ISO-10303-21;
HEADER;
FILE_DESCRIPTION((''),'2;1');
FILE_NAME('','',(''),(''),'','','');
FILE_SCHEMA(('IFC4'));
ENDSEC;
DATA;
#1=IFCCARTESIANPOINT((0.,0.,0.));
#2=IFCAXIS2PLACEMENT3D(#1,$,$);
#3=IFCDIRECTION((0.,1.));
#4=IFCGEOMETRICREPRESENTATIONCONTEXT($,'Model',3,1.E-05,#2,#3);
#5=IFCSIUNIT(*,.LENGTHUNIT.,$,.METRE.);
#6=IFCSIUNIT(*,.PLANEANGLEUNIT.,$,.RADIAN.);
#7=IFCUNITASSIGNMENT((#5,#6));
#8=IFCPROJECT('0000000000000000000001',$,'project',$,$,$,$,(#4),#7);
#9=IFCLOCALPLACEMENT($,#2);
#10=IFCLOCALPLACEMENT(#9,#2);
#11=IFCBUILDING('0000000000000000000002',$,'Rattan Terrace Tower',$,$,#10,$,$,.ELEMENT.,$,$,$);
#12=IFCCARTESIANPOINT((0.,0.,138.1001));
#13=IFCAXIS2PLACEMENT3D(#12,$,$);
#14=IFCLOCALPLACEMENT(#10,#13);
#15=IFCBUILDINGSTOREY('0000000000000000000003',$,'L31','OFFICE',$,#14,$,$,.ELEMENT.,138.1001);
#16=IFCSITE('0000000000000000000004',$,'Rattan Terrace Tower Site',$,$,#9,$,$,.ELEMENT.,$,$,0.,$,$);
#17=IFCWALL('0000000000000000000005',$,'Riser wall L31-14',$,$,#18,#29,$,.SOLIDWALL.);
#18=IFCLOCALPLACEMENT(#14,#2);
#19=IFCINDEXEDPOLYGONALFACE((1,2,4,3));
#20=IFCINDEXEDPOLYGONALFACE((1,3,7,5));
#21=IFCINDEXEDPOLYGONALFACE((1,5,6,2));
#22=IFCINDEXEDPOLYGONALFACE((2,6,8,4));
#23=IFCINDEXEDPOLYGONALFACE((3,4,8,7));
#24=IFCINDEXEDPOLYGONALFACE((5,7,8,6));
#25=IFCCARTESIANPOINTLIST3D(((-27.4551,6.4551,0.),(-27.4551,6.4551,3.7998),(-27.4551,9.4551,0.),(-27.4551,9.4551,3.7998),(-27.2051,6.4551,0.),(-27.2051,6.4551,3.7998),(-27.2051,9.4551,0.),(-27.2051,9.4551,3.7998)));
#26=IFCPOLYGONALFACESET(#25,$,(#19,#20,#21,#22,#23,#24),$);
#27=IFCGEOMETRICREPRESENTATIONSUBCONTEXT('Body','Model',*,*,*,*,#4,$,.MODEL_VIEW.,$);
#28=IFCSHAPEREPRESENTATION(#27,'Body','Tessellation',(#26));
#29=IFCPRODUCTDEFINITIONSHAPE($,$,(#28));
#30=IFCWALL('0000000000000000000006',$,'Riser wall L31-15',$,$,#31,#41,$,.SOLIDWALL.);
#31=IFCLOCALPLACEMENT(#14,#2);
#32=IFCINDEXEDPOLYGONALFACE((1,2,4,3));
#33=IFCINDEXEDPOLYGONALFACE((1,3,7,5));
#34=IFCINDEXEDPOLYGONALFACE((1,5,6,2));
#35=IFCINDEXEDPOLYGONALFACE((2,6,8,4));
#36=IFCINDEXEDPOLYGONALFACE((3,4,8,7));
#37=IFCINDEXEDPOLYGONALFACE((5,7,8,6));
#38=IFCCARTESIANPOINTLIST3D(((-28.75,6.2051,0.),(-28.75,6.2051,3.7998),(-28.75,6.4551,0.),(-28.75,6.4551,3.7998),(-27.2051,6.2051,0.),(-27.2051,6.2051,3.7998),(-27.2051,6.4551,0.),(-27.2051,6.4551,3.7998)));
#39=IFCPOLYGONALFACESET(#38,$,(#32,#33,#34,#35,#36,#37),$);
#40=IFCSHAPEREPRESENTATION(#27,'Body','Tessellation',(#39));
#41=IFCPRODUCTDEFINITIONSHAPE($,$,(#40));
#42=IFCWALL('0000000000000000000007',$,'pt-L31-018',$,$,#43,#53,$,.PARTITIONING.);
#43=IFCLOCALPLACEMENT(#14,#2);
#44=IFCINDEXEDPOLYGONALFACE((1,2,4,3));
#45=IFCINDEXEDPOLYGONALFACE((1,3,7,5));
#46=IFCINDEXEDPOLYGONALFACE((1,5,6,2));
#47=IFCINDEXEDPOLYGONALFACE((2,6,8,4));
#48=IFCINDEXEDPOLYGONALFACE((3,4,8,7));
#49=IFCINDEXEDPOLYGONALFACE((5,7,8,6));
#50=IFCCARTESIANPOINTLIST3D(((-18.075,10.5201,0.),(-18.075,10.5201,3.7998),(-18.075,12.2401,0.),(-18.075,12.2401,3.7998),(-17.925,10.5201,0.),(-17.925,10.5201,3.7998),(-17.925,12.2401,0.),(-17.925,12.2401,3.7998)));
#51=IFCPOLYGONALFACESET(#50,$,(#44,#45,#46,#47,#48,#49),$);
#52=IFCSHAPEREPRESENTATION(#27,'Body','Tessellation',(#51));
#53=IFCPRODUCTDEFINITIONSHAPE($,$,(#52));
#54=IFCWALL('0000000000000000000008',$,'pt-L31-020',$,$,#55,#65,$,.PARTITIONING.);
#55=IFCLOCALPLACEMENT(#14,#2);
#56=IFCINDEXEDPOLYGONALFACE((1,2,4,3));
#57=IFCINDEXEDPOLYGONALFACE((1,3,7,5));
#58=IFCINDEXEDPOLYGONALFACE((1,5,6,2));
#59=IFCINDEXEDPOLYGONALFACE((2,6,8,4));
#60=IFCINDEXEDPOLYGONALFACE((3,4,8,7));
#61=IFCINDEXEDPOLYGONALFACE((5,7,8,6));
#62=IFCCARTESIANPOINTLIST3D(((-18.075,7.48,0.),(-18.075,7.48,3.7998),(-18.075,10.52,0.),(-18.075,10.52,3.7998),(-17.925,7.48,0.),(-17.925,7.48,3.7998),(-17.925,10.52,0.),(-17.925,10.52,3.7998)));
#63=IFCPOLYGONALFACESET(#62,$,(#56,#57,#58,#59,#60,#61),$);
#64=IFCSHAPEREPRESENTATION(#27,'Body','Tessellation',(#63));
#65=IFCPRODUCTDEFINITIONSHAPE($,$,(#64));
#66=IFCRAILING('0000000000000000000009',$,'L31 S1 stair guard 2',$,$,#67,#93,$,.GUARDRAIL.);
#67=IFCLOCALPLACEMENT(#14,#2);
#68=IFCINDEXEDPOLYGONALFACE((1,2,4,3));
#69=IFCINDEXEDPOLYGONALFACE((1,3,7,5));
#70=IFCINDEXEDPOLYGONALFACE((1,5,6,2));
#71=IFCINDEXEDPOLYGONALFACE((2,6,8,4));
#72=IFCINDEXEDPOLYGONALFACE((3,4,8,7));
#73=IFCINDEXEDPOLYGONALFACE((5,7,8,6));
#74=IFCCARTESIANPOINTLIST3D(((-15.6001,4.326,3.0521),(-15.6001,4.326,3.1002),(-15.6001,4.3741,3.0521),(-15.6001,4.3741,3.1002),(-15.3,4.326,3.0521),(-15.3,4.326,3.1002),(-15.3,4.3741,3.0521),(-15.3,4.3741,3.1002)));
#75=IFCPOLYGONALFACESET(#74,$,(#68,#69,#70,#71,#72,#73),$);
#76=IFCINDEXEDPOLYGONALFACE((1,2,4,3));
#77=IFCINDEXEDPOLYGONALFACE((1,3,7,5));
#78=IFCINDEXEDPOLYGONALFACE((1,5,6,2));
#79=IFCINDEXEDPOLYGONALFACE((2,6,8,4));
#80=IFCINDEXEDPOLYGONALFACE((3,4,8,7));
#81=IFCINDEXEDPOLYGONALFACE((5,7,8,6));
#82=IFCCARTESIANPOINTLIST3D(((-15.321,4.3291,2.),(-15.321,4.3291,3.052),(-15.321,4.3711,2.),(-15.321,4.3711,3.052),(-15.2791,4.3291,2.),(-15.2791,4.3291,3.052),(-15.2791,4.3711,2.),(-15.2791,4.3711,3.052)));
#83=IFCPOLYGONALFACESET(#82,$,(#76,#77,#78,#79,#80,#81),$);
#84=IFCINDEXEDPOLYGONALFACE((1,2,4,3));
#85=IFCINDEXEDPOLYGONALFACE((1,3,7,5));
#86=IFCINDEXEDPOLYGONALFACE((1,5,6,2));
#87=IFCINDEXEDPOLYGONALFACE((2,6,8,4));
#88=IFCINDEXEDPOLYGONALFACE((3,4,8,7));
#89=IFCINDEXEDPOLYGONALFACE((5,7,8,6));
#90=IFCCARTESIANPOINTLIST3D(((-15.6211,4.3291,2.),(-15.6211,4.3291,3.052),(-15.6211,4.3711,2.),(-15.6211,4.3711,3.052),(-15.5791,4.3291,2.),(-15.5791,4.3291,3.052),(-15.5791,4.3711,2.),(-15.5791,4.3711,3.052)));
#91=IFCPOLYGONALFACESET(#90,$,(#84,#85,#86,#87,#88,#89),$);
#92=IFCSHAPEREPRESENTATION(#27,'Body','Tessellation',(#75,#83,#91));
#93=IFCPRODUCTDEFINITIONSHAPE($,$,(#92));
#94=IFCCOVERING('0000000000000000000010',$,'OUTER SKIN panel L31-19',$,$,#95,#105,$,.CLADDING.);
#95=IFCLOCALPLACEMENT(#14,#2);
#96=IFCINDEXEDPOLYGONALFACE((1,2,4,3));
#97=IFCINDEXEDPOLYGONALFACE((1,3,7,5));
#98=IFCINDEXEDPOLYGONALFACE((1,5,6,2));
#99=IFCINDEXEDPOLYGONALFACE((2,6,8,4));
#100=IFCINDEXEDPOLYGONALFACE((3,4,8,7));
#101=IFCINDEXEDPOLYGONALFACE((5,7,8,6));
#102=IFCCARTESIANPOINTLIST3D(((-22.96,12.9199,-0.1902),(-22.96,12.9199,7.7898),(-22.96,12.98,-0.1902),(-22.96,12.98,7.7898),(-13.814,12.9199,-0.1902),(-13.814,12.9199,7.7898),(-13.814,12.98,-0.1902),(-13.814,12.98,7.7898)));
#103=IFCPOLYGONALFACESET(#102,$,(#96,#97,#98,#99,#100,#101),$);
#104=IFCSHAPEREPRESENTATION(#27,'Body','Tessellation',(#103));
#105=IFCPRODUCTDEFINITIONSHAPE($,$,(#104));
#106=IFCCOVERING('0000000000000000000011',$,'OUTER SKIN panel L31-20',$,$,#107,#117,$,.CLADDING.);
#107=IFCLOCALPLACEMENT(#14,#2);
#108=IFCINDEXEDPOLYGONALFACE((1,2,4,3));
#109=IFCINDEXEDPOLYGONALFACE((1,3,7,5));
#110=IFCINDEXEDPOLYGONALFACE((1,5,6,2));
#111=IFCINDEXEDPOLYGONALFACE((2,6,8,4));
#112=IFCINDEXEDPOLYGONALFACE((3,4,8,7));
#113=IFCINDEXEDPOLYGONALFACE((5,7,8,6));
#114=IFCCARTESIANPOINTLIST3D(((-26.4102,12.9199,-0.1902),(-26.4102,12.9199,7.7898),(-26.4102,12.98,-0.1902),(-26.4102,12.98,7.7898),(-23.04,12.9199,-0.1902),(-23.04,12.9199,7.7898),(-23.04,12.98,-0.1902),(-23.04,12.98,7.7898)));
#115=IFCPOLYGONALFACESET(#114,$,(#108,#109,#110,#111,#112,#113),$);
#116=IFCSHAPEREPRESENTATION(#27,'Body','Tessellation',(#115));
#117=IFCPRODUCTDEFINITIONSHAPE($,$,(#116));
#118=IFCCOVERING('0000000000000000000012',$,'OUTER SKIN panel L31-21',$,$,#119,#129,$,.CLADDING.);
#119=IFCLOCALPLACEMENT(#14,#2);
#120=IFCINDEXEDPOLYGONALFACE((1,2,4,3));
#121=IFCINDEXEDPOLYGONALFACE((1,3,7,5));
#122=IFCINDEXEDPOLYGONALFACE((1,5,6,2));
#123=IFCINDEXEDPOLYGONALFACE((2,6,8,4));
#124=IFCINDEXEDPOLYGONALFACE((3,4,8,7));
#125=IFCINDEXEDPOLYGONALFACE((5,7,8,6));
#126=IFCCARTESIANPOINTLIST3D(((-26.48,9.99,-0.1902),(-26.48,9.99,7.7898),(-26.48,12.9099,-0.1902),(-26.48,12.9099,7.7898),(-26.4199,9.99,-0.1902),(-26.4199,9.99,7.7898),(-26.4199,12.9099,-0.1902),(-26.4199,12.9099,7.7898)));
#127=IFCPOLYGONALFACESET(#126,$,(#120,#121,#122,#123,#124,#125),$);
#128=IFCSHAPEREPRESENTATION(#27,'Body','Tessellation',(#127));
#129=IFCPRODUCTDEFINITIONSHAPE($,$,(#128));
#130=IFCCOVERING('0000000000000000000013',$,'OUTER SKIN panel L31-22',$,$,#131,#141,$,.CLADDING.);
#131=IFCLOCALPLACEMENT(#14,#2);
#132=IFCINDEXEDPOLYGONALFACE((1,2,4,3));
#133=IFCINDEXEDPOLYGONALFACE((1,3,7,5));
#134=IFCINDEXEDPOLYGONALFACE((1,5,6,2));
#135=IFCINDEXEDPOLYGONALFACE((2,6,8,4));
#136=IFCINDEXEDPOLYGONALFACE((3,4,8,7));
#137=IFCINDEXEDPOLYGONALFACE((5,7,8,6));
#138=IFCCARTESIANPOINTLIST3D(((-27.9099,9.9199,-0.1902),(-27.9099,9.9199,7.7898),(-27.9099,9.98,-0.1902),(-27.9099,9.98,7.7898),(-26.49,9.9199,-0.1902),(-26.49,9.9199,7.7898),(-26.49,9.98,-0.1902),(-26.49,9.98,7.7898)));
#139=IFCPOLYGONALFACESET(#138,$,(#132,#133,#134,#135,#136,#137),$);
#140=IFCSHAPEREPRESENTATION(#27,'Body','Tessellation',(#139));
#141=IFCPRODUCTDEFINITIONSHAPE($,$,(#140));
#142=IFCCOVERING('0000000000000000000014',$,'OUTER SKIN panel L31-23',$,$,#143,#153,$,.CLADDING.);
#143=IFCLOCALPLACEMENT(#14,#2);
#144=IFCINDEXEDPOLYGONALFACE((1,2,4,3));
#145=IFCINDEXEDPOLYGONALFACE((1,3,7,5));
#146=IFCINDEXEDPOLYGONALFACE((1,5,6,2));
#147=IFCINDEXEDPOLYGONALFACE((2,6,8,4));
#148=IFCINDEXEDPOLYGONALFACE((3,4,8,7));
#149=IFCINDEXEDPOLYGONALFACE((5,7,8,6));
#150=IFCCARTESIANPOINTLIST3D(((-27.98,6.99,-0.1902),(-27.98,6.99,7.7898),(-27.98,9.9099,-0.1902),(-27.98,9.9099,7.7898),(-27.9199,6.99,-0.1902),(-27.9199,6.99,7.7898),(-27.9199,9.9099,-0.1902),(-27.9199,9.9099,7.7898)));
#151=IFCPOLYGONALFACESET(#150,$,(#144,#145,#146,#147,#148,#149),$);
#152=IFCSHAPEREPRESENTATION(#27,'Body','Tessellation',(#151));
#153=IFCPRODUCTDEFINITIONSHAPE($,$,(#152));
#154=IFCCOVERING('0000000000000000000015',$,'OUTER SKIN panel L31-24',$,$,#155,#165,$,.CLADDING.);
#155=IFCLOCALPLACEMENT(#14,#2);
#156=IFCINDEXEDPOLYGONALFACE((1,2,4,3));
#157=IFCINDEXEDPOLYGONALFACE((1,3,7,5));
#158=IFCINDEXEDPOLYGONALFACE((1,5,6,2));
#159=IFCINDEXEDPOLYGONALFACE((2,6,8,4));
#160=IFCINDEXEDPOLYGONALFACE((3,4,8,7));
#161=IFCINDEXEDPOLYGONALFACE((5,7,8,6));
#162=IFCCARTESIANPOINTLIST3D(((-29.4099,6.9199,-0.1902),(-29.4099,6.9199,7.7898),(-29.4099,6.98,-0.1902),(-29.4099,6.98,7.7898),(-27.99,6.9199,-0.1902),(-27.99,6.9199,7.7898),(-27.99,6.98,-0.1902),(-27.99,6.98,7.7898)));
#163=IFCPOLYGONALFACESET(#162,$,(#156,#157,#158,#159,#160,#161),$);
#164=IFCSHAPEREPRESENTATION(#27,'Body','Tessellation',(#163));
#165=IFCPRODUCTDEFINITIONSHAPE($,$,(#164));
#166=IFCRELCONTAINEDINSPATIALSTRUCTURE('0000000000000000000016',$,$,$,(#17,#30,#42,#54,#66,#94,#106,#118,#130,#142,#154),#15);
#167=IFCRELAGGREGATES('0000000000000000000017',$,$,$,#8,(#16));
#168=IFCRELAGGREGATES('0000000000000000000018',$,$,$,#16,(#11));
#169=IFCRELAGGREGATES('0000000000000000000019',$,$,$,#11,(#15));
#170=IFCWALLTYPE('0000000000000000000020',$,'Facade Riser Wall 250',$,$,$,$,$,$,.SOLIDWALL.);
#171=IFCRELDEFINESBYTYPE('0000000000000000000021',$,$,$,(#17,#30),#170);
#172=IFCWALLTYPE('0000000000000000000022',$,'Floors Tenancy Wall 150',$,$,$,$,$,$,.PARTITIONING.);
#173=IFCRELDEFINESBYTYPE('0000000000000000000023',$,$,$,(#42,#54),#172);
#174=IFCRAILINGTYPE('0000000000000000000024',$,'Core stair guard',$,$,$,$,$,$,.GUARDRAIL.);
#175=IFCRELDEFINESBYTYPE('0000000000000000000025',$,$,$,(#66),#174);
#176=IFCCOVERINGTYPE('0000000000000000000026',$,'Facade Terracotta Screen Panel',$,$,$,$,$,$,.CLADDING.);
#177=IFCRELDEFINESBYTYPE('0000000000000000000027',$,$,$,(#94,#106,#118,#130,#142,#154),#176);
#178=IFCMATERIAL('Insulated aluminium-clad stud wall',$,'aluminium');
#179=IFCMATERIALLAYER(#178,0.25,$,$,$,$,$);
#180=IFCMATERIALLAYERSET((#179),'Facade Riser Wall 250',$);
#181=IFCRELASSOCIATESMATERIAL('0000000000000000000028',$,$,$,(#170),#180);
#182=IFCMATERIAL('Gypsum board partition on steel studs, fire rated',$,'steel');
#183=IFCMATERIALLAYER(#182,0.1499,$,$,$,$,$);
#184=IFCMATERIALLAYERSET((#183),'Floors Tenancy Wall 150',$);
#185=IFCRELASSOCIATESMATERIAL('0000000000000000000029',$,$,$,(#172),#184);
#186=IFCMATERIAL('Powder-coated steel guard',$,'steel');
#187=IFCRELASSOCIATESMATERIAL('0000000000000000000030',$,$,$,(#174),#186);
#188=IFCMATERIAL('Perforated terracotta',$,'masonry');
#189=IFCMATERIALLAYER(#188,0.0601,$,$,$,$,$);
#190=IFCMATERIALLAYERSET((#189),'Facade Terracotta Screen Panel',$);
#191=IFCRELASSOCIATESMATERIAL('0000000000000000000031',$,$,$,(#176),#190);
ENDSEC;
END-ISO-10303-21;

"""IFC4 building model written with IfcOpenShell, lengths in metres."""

from ifc_helpers import new_model, si_unit, direction, frame, frame_2d, origin, origin_2d, place, context, subcontext, project, spatial, rectangle, extrude, material, layer, layer_set, type_object, element, save


model = new_model("IFC4")

# Units and contexts
model_context = context("Model", 3, precision=1e-05, world=origin(), true_north=direction((0.0, 1.0)))
body_context = subcontext(model_context, "Body", "Model", "MODEL_VIEW")
ifc_project = project(units=[si_unit("LENGTHUNIT", "METRE"), si_unit("PLANEANGLEUNIT", "RADIAN")], contexts=[model_context])

# Site, building, storey
site_placement = place(None, origin())
site = spatial("IfcSite", under=ifc_project, at=site_placement, Name="Rattan Terrace Tower Site", CompositionType="ELEMENT", RefElevation=0.0)
building_placement = place(site_placement, origin())
building = spatial("IfcBuilding", under=site, at=building_placement, Name="Rattan Terrace Tower", CompositionType="ELEMENT")
storey_placement = place(building_placement, frame((0.0, 0.0, 138.1001)))
storey = spatial("IfcBuildingStorey", under=building, at=storey_placement, Name="L31", Description="OFFICE", CompositionType="ELEMENT", Elevation=138.1001)

# Walls
ifc_material_1 = material(Name="Insulated aluminium-clad stud wall", Category="aluminium")
ifc_layer_1 = layer(ifc_material_1, 0.25)
ifc_layer_set_1 = layer_set([ifc_layer_1], Name="Facade Riser Wall 250")
wall_type_1 = type_object("IfcWallType", Name="Facade Riser Wall 250", PredefinedType="SOLIDWALL", material=ifc_layer_set_1)
wall_1_placement = place(storey_placement, frame((-27.3301, 9.4551, 0.0), z_axis=(0.0, 0.0, 1.0), x_axis=(0.0, -1.0, 0.0)))
element("IfcWall", 1, at=wall_1_placement, inside=storey, type_object=wall_type_1, Name="Riser wall L31-14", PredefinedType="SOLIDWALL", context=body_context, shape_type="SweptSolid", body=[
    extrude(rectangle(XDim=3.0, YDim=0.25, at=frame_2d((1.5, 0.0))), origin(), (0.0, 0.0, 1.0), 3.7998),
])
wall_2_placement = place(storey_placement, frame((-27.2051, 6.3301, 0.0), z_axis=(0.0, 0.0, 1.0), x_axis=(-1.0, 0.0, 0.0)))
element("IfcWall", 2, at=wall_2_placement, inside=storey, type_object=wall_type_1, Name="Riser wall L31-15", PredefinedType="SOLIDWALL", context=body_context, shape_type="SweptSolid", body=[
    extrude(rectangle(XDim=1.5449, YDim=0.25, at=frame_2d((0.7725, 0.0))), origin(), (0.0, 0.0, 1.0), 3.7998),
])
ifc_material_2 = material(Name="Gypsum board partition on steel studs, fire rated", Category="steel")
ifc_layer_2 = layer(ifc_material_2, 0.1499)
ifc_layer_set_2 = layer_set([ifc_layer_2], Name="Floors Tenancy Wall 150")
wall_type_2 = type_object("IfcWallType", Name="Floors Tenancy Wall 150", PredefinedType="PARTITIONING", material=ifc_layer_set_2)
wall_3_placement = place(storey_placement, frame((-18.0, 12.24, 0.0), z_axis=(0.0, 0.0, 1.0), x_axis=(0.0, -1.0, 0.0)))
element("IfcWall", 3, at=wall_3_placement, inside=storey, type_object=wall_type_2, Name="pt-L31-018", PredefinedType="PARTITIONING", context=body_context, shape_type="SweptSolid", body=[
    extrude(rectangle(XDim=1.72, YDim=0.1499, at=frame_2d((0.8599, 0.0))), origin(), (0.0, 0.0, 1.0), 3.7998),
])
wall_4_placement = place(storey_placement, frame((-18.0, 10.52, 0.0), z_axis=(0.0, 0.0, 1.0), x_axis=(0.0, -1.0, 0.0)))
element("IfcWall", 4, at=wall_4_placement, inside=storey, type_object=wall_type_2, Name="pt-L31-020", PredefinedType="PARTITIONING", context=body_context, shape_type="SweptSolid", body=[
    extrude(rectangle(XDim=3.04, YDim=0.1499, at=frame_2d((1.52, 0.0))), origin(), (0.0, 0.0, 1.0), 3.7998),
])

# Railing
ifc_material_3 = material(Name="Powder-coated steel guard", Category="steel")
railing_type = type_object("IfcRailingType", Name="Core stair guard", PredefinedType="GUARDRAIL", material=ifc_material_3)
railing_placement = place(storey_placement, frame((-15.3, 4.3501, 2.0)))
element("IfcRailing", 5, at=railing_placement, inside=storey, type_object=railing_type, Name="L31 S1 stair guard 2", PredefinedType="GUARDRAIL", context=body_context, shape_type="SweptSolid", body=[
    extrude(rectangle(XDim=0.0481, YDim=0.0481, at=origin_2d()), frame((0.0, 0.0, 1.0762), z_axis=(-1.0, 0.0, 0.0), x_axis=(0.0, -1.0, 0.0)), (0.0, 0.0, 1.0), 0.3),
    extrude(rectangle(XDim=0.042, YDim=0.042, at=origin_2d()), origin(), (0.0, 0.0, 1.0), 1.052),
    extrude(rectangle(XDim=0.042, YDim=0.042, at=origin_2d()), frame((-0.3, 0.0, 0.0)), (0.0, 0.0, 1.0), 1.052),
])

# Coverings
ifc_material_4 = material(Name="Perforated terracotta", Category="masonry")
ifc_layer_3 = layer(ifc_material_4, 0.0601)
ifc_layer_set_3 = layer_set([ifc_layer_3], Name="Facade Terracotta Screen Panel")
covering_type = type_object("IfcCoveringType", Name="Facade Terracotta Screen Panel", PredefinedType="CLADDING", material=ifc_layer_set_3)
covering_1_placement = place(storey_placement, frame((-18.387, 12.95, -0.1902), z_axis=(0.0, 0.0, 1.0), x_axis=(-1.0, 0.0, 0.0)))
element("IfcCovering", 6, at=covering_1_placement, inside=storey, type_object=covering_type, Name="OUTER SKIN panel L31-19", PredefinedType="CLADDING", context=body_context, shape_type="SweptSolid", body=[
    extrude(rectangle(XDim=9.146, YDim=0.0601, at=origin_2d()), origin(), (0.0, 0.0, 1.0), 7.98),
])
covering_2_placement = place(storey_placement, frame((-24.7251, 12.95, -0.1902), z_axis=(0.0, 0.0, 1.0), x_axis=(-1.0, 0.0, 0.0)))
element("IfcCovering", 7, at=covering_2_placement, inside=storey, type_object=covering_type, Name="OUTER SKIN panel L31-20", PredefinedType="CLADDING", context=body_context, shape_type="SweptSolid", body=[
    extrude(rectangle(XDim=3.3701, YDim=0.0601, at=origin_2d()), origin(), (0.0, 0.0, 1.0), 7.98),
])
covering_3_placement = place(storey_placement, frame((-26.45, 11.45, -0.1902), z_axis=(0.0, 0.0, 1.0), x_axis=(0.0, -1.0, 0.0)))
element("IfcCovering", 8, at=covering_3_placement, inside=storey, type_object=covering_type, Name="OUTER SKIN panel L31-21", PredefinedType="CLADDING", context=body_context, shape_type="SweptSolid", body=[
    extrude(rectangle(XDim=2.9199, YDim=0.0601, at=origin_2d()), origin(), (0.0, 0.0, 1.0), 7.98),
])
covering_4_placement = place(storey_placement, frame((-27.2, 9.95, -0.1902), z_axis=(0.0, 0.0, 1.0), x_axis=(-1.0, 0.0, 0.0)))
element("IfcCovering", 9, at=covering_4_placement, inside=storey, type_object=covering_type, Name="OUTER SKIN panel L31-22", PredefinedType="CLADDING", context=body_context, shape_type="SweptSolid", body=[
    extrude(rectangle(XDim=1.4199, YDim=0.0601, at=origin_2d()), origin(), (0.0, 0.0, 1.0), 7.98),
])
covering_5_placement = place(storey_placement, frame((-27.95, 8.45, -0.1902), z_axis=(0.0, 0.0, 1.0), x_axis=(0.0, -1.0, 0.0)))
element("IfcCovering", 10, at=covering_5_placement, inside=storey, type_object=covering_type, Name="OUTER SKIN panel L31-23", PredefinedType="CLADDING", context=body_context, shape_type="SweptSolid", body=[
    extrude(rectangle(XDim=2.9199, YDim=0.0601, at=origin_2d()), origin(), (0.0, 0.0, 1.0), 7.98),
])
covering_6_placement = place(storey_placement, frame((-28.7, 6.95, -0.1902), z_axis=(0.0, 0.0, 1.0), x_axis=(-1.0, 0.0, 0.0)))
element("IfcCovering", 11, at=covering_6_placement, inside=storey, type_object=covering_type, Name="OUTER SKIN panel L31-24", PredefinedType="CLADDING", context=body_context, shape_type="SweptSolid", body=[
    extrude(rectangle(XDim=1.4199, YDim=0.0601, at=origin_2d()), origin(), (0.0, 0.0, 1.0), 7.98),
])

save(model, "model.ifc")
